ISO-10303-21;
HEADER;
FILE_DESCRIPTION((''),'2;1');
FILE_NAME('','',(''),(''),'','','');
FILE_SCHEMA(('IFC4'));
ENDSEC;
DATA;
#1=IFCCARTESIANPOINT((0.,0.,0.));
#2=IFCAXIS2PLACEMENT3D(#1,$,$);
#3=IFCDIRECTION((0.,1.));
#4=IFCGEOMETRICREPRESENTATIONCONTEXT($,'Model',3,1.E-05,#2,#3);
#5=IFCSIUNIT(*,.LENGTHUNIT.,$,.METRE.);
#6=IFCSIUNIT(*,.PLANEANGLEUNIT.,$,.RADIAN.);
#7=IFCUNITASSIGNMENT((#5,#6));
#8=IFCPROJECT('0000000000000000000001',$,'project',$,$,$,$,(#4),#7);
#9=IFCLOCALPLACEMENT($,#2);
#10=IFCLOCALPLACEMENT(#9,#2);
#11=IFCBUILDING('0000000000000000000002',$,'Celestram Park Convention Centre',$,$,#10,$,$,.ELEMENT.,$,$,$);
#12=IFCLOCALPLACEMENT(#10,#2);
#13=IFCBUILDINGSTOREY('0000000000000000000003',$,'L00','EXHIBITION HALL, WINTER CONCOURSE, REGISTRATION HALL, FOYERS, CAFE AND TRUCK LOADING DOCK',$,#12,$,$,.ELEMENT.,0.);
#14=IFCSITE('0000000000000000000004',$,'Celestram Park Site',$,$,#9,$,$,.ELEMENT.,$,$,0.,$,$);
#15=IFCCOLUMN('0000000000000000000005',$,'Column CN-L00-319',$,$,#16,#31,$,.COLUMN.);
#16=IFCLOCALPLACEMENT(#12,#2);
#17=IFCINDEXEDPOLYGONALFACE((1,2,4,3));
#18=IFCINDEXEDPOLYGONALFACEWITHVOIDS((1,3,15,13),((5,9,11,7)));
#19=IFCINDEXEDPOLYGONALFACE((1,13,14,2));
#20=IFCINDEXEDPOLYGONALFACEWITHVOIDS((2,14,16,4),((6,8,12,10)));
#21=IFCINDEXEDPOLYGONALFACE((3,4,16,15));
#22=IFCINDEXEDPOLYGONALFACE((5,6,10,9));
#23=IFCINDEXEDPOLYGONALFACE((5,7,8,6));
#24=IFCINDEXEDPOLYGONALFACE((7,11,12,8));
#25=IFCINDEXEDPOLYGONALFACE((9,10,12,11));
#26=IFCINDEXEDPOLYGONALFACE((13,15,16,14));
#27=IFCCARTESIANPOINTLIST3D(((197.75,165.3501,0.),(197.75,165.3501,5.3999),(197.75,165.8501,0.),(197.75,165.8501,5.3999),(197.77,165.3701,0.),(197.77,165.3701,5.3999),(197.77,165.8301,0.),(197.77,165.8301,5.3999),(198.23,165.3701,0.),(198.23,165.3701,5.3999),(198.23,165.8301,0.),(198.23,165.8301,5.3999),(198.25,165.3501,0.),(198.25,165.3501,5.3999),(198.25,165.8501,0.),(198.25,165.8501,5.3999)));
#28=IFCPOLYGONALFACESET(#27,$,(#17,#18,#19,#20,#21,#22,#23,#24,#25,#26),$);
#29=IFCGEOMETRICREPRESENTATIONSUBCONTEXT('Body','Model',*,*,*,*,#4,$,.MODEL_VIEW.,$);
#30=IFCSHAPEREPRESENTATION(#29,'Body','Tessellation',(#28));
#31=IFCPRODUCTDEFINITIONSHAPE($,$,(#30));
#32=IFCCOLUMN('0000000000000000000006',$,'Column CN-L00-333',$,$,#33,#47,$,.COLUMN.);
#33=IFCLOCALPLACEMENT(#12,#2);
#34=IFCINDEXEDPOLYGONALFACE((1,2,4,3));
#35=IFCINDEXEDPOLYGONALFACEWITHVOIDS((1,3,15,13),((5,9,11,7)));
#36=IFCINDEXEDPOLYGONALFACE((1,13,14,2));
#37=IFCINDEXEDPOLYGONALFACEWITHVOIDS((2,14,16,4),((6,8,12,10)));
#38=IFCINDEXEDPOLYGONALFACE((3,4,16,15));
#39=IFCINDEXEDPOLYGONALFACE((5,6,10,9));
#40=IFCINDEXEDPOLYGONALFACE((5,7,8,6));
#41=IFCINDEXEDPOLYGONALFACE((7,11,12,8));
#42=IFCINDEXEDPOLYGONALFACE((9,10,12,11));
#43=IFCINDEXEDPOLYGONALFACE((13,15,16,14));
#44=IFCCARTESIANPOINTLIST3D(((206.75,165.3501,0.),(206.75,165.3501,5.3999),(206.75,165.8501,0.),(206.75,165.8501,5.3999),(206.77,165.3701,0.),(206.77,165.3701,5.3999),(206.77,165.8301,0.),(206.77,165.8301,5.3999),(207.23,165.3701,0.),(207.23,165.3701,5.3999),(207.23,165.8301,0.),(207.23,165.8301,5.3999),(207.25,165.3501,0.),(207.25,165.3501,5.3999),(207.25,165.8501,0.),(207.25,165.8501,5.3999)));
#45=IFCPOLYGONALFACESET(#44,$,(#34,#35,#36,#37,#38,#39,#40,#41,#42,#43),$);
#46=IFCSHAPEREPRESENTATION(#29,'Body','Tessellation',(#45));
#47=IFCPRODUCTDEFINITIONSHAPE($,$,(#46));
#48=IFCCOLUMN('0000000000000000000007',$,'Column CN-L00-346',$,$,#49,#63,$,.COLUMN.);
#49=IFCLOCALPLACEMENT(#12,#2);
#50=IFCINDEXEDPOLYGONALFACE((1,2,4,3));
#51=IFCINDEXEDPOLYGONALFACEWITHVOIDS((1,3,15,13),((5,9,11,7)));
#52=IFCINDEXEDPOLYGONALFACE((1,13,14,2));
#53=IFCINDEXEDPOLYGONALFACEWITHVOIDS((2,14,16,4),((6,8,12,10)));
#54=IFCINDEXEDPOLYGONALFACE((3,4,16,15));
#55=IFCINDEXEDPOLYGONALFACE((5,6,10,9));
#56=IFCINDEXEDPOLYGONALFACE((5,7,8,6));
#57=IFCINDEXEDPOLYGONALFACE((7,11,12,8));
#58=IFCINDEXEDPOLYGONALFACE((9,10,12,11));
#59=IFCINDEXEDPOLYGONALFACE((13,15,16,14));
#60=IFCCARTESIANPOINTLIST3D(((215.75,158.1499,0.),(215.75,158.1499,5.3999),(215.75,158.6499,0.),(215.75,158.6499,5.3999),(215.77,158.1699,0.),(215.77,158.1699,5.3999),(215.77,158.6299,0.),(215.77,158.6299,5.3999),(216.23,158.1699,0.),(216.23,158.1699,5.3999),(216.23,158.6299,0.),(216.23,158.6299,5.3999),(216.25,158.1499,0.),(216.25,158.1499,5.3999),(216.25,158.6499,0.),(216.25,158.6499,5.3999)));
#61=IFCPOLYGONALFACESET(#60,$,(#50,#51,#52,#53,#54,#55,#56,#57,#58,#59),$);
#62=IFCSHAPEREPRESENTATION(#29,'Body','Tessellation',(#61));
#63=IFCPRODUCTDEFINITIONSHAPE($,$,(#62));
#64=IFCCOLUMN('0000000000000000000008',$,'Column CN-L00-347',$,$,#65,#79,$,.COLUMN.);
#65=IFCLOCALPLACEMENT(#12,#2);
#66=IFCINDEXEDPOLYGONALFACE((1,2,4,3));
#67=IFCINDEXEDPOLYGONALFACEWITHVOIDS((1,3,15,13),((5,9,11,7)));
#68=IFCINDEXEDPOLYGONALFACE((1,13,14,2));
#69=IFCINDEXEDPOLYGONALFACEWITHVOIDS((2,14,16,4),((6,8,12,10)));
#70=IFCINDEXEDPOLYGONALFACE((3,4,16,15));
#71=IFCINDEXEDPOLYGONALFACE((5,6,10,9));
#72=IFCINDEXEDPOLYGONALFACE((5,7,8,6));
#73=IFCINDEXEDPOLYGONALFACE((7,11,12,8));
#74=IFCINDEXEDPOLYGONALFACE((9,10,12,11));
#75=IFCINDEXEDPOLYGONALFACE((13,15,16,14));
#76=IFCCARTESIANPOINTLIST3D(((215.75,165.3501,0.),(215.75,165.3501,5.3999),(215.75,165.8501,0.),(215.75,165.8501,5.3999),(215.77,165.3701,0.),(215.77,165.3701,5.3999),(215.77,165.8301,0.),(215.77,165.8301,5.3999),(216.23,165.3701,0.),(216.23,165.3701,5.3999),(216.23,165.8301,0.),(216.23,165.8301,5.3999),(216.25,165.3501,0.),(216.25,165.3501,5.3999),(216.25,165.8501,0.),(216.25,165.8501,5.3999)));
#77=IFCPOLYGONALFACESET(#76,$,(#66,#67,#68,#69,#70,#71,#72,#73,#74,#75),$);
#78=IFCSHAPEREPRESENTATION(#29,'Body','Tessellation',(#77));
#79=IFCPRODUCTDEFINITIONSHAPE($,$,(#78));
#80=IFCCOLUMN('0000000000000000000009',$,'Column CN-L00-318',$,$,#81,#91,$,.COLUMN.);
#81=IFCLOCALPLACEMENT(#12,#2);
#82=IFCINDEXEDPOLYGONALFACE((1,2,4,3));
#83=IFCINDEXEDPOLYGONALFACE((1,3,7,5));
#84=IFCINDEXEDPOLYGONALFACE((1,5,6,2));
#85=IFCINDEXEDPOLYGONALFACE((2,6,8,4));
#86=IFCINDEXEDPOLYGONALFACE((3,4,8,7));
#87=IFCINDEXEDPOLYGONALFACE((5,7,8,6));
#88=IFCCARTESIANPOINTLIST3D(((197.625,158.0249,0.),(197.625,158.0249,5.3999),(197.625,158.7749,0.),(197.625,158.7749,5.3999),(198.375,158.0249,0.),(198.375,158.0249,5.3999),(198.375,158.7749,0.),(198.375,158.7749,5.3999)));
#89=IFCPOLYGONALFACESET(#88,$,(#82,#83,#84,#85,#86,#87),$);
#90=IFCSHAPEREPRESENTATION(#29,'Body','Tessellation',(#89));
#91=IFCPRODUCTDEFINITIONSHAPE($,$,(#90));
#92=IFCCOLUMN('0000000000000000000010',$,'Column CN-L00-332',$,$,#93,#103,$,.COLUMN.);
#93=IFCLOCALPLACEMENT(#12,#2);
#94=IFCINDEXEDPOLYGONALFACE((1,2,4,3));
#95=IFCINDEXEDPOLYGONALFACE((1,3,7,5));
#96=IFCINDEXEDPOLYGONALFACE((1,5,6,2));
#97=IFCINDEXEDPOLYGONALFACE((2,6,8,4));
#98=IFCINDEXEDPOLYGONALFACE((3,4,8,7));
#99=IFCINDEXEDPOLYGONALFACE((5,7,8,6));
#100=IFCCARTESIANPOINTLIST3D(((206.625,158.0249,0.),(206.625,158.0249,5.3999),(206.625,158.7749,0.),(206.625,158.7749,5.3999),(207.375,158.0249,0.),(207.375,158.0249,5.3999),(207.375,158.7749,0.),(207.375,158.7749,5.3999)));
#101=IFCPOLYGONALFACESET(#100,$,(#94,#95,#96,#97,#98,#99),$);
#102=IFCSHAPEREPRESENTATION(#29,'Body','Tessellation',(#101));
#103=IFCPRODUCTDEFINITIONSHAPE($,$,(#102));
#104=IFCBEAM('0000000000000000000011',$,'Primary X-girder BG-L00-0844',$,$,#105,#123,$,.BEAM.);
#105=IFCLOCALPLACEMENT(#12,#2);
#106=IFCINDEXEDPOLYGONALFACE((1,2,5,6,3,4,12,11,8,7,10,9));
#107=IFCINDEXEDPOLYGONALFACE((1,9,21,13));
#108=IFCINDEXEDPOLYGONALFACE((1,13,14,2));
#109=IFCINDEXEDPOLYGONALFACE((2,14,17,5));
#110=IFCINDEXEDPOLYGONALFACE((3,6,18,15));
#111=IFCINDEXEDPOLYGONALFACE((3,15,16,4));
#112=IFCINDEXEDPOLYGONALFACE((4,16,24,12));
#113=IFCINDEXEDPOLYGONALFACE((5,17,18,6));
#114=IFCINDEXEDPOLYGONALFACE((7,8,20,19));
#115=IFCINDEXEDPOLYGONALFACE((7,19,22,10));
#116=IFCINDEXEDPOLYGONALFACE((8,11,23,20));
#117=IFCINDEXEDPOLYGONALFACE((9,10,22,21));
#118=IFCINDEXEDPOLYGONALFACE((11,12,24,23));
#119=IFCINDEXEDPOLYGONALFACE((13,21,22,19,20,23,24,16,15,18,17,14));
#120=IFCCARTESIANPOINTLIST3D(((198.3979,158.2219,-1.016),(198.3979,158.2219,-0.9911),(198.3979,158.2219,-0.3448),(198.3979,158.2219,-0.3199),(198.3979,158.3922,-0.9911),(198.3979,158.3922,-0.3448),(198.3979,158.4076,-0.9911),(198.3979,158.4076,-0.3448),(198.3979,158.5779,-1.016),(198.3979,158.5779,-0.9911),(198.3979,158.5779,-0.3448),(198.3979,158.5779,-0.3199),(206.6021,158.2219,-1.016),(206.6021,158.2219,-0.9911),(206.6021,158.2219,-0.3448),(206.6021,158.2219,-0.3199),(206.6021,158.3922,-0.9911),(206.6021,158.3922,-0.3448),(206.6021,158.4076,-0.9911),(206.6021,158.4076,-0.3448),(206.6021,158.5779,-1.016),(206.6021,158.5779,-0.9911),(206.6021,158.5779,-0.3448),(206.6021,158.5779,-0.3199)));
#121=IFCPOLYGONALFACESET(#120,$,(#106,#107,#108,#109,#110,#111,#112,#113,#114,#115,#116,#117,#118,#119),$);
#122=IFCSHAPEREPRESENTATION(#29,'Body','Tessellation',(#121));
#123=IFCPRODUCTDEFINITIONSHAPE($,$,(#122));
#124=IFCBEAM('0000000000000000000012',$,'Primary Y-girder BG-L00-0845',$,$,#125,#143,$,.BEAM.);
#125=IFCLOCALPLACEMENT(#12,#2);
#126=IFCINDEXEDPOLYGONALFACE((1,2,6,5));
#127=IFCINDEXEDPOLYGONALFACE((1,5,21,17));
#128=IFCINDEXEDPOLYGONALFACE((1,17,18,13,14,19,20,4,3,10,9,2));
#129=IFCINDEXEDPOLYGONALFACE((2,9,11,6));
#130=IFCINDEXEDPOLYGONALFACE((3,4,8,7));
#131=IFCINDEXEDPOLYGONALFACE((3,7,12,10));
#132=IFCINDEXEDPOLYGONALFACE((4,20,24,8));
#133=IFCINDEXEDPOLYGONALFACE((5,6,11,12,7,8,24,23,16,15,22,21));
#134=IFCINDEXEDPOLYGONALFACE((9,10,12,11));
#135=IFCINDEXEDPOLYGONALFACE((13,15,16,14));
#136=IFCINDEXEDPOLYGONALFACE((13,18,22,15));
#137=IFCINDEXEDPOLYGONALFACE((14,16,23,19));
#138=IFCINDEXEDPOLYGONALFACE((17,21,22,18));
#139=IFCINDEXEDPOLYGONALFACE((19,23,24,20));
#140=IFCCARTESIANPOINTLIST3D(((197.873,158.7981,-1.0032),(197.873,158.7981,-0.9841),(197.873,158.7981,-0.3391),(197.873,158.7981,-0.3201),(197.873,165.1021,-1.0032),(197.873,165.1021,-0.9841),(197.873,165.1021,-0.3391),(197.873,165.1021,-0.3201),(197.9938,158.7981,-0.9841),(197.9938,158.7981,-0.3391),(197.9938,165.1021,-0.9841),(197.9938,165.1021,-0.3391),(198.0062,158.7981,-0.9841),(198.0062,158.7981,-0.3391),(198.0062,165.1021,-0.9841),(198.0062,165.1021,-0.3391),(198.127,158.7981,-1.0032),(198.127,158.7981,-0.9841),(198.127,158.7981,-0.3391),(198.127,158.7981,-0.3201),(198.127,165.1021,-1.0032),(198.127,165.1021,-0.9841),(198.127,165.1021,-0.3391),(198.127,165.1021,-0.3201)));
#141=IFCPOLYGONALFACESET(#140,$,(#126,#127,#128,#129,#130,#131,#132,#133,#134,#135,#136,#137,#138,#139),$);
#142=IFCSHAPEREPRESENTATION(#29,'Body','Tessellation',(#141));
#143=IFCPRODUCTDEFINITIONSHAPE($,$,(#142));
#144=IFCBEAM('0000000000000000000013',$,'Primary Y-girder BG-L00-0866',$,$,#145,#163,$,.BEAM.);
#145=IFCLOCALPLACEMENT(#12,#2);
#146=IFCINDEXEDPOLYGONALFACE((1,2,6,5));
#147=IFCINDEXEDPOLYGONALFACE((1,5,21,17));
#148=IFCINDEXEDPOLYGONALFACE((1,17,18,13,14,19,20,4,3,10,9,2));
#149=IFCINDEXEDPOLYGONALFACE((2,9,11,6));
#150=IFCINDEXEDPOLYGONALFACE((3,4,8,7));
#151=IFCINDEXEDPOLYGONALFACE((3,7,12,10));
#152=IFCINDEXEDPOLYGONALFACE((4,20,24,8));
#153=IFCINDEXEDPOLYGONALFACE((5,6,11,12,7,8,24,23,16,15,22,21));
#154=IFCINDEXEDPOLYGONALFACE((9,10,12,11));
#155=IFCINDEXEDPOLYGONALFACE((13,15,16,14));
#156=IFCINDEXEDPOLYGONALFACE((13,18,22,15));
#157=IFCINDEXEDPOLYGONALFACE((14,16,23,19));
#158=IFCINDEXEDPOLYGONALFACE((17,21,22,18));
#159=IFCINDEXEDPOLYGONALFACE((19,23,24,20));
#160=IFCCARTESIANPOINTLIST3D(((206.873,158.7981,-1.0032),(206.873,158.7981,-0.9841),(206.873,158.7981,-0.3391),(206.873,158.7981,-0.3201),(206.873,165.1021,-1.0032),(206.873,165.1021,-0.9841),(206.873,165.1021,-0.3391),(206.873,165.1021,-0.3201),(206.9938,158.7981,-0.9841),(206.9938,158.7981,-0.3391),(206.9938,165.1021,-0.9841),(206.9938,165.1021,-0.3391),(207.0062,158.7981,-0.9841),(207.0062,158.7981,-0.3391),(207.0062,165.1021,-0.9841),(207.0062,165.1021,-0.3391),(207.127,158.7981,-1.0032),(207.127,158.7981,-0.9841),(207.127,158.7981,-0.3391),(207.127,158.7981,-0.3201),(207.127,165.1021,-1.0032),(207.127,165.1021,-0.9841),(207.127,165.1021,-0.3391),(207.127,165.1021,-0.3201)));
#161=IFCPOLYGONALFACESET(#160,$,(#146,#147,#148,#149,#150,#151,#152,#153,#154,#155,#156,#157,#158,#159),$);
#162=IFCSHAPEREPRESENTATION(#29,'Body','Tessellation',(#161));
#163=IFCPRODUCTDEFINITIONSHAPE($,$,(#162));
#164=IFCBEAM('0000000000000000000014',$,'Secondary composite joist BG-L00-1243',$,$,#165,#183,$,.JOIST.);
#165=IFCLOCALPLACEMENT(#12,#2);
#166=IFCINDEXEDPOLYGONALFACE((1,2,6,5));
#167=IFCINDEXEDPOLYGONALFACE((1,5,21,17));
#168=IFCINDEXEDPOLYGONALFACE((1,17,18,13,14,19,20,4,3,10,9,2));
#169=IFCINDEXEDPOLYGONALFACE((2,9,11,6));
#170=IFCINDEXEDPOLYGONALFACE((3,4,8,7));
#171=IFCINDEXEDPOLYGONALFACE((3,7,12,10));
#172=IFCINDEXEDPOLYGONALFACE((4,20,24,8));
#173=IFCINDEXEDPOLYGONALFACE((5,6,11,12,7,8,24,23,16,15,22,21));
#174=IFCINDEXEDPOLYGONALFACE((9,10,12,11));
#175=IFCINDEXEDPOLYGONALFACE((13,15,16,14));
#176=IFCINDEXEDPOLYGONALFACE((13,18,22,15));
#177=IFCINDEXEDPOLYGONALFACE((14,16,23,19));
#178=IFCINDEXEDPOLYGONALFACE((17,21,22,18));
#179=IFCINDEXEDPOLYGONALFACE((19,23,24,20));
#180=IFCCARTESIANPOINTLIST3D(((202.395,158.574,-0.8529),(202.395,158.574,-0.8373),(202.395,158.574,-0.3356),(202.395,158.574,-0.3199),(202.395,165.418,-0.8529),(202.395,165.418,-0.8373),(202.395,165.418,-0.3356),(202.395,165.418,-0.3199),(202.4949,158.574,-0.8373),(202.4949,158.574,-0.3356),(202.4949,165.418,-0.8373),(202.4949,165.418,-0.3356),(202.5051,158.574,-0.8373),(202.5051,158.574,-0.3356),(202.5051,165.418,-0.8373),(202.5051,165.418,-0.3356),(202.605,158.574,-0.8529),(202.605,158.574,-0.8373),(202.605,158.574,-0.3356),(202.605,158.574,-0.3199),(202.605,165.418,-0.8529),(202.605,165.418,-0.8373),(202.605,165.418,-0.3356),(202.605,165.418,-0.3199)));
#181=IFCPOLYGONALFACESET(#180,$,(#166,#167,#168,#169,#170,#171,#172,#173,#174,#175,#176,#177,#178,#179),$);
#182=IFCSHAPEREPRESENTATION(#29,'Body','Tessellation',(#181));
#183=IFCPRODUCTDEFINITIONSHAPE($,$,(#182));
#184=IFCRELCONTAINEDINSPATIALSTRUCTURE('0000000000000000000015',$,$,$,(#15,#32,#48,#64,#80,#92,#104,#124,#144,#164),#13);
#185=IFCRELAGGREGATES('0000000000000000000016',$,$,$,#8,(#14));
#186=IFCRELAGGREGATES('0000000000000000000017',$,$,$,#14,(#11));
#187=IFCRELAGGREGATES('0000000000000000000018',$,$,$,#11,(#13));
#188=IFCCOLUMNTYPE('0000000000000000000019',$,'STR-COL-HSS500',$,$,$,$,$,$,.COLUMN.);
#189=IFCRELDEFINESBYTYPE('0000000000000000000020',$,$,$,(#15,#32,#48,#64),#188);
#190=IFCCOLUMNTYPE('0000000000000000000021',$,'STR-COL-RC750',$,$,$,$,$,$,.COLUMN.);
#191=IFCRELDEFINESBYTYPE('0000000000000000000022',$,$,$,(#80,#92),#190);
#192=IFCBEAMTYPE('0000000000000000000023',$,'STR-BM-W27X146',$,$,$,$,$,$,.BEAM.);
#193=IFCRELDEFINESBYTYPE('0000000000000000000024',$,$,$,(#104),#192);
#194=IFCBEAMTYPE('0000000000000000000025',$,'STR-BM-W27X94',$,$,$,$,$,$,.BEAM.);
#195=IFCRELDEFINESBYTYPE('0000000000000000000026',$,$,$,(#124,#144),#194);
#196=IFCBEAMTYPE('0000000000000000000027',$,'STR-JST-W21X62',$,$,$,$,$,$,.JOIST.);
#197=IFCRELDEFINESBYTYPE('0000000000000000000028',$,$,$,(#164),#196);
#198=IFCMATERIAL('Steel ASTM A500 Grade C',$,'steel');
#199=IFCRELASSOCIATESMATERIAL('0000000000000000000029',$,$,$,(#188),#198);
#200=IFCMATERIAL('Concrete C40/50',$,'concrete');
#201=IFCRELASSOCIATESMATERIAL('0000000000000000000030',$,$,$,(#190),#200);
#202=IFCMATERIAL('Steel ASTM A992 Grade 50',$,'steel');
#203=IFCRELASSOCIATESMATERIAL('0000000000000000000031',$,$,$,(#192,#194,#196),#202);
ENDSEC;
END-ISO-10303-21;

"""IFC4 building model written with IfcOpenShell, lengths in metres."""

from ifc_helpers import new_model, si_unit, direction, frame, origin, origin_2d, place, context, subcontext, project, spatial, rectangle, hollow_rectangle, i_section, extrude, material, material_profile, profile_set, type_object, element, save


model = new_model("IFC4")

# Units and contexts
model_context = context("Model", 3, precision=1e-05, world=origin(), true_north=direction((0.0, 1.0)))
body_context = subcontext(model_context, "Body", "Model", "MODEL_VIEW")
ifc_project = project(units=[si_unit("LENGTHUNIT", "METRE"), si_unit("PLANEANGLEUNIT", "RADIAN")], contexts=[model_context])

# Site, building, storey
site_placement = place(None, origin())
site = spatial("IfcSite", under=ifc_project, at=site_placement, Name="Celestram Park Site", CompositionType="ELEMENT", RefElevation=0.0)
building_placement = place(site_placement, origin())
building = spatial("IfcBuilding", under=site, at=building_placement, Name="Celestram Park Convention Centre", CompositionType="ELEMENT")
storey_placement = place(building_placement, origin())
storey = spatial("IfcBuildingStorey", under=building, at=storey_placement, Name="L00", Description="EXHIBITION HALL, WINTER CONCOURSE, REGISTRATION HALL, FOYERS, CAFE AND TRUCK LOADING DOCK", CompositionType="ELEMENT", Elevation=0.0)

# Columns
ifc_material_1 = material(Name="Steel ASTM A500 Grade C", Category="steel")
ifc_material_profile_1 = material_profile(ifc_material_1, hollow_rectangle(XDim=0.5, YDim=0.5, WallThickness=0.02, at=origin_2d()), Name="HSS500X500X20")
ifc_profile_set_1 = profile_set([ifc_material_profile_1], Name="Steel ASTM A500 Grade C")
column_type_1 = type_object("IfcColumnType", Name="STR-COL-HSS500", PredefinedType="COLUMN", material=ifc_profile_set_1)
for number, where, z_axis, x_axis, name in (
    (1, (198.0, 165.6001, 0.0), (0.0, 0.0, 1.0), (1.0, 0.0, 0.0), "Column CN-L00-319"),
    (2, (207.0, 165.6001, 0.0), (0.0, 0.0, 1.0), (1.0, 0.0, 0.0), "Column CN-L00-333"),
    (3, (216.0, 158.3999, 0.0), (0.0, 0.0, 1.0), (1.0, 0.0, 0.0), "Column CN-L00-346"),
    (4, (216.0, 165.6001, 0.0), (0.0, 0.0, 1.0), (1.0, 0.0, 0.0), "Column CN-L00-347"),
):
    element("IfcColumn", number, at=place(storey_placement, frame(where, z_axis=z_axis, x_axis=x_axis)), inside=storey, type_object=column_type_1, Name=name, PredefinedType="COLUMN", context=body_context, shape_type="SweptSolid", body=[
        extrude(hollow_rectangle(XDim=0.5, YDim=0.5, WallThickness=0.02, at=origin_2d()), origin(), (0.0, 0.0, 1.0), 5.3999),
    ])
ifc_material_2 = material(Name="Concrete C40/50", Category="concrete")
ifc_material_profile_2 = material_profile(ifc_material_2, rectangle(XDim=0.75, YDim=0.75, at=origin_2d()), Name="RC750X750")
ifc_profile_set_2 = profile_set([ifc_material_profile_2], Name="Concrete C40/50")
column_type_2 = type_object("IfcColumnType", Name="STR-COL-RC750", PredefinedType="COLUMN", material=ifc_profile_set_2)
for number, where, z_axis, x_axis, name in (
    (5, (198.0, 158.3999, 0.0), (0.0, 0.0, 1.0), (1.0, 0.0, 0.0), "Column CN-L00-318"),
    (6, (207.0, 158.3999, 0.0), (0.0, 0.0, 1.0), (1.0, 0.0, 0.0), "Column CN-L00-332"),
):
    element("IfcColumn", number, at=place(storey_placement, frame(where, z_axis=z_axis, x_axis=x_axis)), inside=storey, type_object=column_type_2, Name=name, PredefinedType="COLUMN", context=body_context, shape_type="SweptSolid", body=[
        extrude(rectangle(XDim=0.75, YDim=0.75, at=origin_2d()), origin(), (0.0, 0.0, 1.0), 5.3999),
    ])

# Beams
ifc_material_3 = material(Name="Steel ASTM A992 Grade 50", Category="steel")
ifc_material_profile_3 = material_profile(ifc_material_3, i_section(OverallWidth=0.356, OverallDepth=0.696, WebThickness=0.0154, FlangeThickness=0.0249, at=origin_2d()), Name="W27X146")
ifc_profile_set_3 = profile_set([ifc_material_profile_3], Name="Steel ASTM A992 Grade 50")
beam_type_1 = type_object("IfcBeamType", Name="STR-BM-W27X146", PredefinedType="BEAM", material=ifc_profile_set_3)
beam_1_placement = place(storey_placement, frame((198.3979, 158.3999, -0.668), z_axis=(1.0, 0.0, 0.0), x_axis=(0.0, 1.0, 0.0)))
element("IfcBeam", 7, at=beam_1_placement, inside=storey, type_object=beam_type_1, Name="Primary X-girder BG-L00-0844", PredefinedType="BEAM", context=body_context, shape_type="SweptSolid", body=[
    extrude(i_section(OverallWidth=0.356, OverallDepth=0.696, WebThickness=0.0154, FlangeThickness=0.0249, at=origin_2d()), origin(), (0.0, 0.0, 1.0), 8.2041),
])
ifc_material_profile_4 = material_profile(ifc_material_3, i_section(OverallWidth=0.2539, OverallDepth=0.6831, WebThickness=0.0125, FlangeThickness=0.019, at=origin_2d()), Name="W27X94")
ifc_profile_set_4 = profile_set([ifc_material_profile_4], Name="Steel ASTM A992 Grade 50")
beam_type_2 = type_object("IfcBeamType", Name="STR-BM-W27X94", PredefinedType="BEAM", material=ifc_profile_set_4)
for number, where, z_axis, x_axis, name in (
    (8, (198.0, 158.7981, -0.6616), (0.0, 1.0, 0.0), (-1.0, 0.0, 0.0), "Primary Y-girder BG-L00-0845"),
    (9, (207.0, 158.7981, -0.6616), (0.0, 1.0, 0.0), (-1.0, 0.0, 0.0), "Primary Y-girder BG-L00-0866"),
):
    element("IfcBeam", number, at=place(storey_placement, frame(where, z_axis=z_axis, x_axis=x_axis)), inside=storey, type_object=beam_type_2, Name=name, PredefinedType="BEAM", context=body_context, shape_type="SweptSolid", body=[
        extrude(i_section(OverallWidth=0.2539, OverallDepth=0.6831, WebThickness=0.0125, FlangeThickness=0.019, at=origin_2d()), origin(), (0.0, 0.0, 1.0), 6.304),
    ])
ifc_material_profile_5 = material_profile(ifc_material_3, i_section(OverallWidth=0.21, OverallDepth=0.533, WebThickness=0.0103, FlangeThickness=0.0156, at=origin_2d()), Name="W21X62")
ifc_profile_set_5 = profile_set([ifc_material_profile_5], Name="Steel ASTM A992 Grade 50")
beam_type_3 = type_object("IfcBeamType", Name="STR-JST-W21X62", PredefinedType="JOIST", material=ifc_profile_set_5)
beam_2_placement = place(storey_placement, frame((202.5, 158.574, -0.5864), z_axis=(0.0, 1.0, 0.0), x_axis=(-1.0, 0.0, 0.0)))
element("IfcBeam", 10, at=beam_2_placement, inside=storey, type_object=beam_type_3, Name="Secondary composite joist BG-L00-1243", PredefinedType="JOIST", context=body_context, shape_type="SweptSolid", body=[
    extrude(i_section(OverallWidth=0.21, OverallDepth=0.533, WebThickness=0.0103, FlangeThickness=0.0156, at=origin_2d()), origin(), (0.0, 0.0, 1.0), 6.844),
])

save(model, "model.ifc")
